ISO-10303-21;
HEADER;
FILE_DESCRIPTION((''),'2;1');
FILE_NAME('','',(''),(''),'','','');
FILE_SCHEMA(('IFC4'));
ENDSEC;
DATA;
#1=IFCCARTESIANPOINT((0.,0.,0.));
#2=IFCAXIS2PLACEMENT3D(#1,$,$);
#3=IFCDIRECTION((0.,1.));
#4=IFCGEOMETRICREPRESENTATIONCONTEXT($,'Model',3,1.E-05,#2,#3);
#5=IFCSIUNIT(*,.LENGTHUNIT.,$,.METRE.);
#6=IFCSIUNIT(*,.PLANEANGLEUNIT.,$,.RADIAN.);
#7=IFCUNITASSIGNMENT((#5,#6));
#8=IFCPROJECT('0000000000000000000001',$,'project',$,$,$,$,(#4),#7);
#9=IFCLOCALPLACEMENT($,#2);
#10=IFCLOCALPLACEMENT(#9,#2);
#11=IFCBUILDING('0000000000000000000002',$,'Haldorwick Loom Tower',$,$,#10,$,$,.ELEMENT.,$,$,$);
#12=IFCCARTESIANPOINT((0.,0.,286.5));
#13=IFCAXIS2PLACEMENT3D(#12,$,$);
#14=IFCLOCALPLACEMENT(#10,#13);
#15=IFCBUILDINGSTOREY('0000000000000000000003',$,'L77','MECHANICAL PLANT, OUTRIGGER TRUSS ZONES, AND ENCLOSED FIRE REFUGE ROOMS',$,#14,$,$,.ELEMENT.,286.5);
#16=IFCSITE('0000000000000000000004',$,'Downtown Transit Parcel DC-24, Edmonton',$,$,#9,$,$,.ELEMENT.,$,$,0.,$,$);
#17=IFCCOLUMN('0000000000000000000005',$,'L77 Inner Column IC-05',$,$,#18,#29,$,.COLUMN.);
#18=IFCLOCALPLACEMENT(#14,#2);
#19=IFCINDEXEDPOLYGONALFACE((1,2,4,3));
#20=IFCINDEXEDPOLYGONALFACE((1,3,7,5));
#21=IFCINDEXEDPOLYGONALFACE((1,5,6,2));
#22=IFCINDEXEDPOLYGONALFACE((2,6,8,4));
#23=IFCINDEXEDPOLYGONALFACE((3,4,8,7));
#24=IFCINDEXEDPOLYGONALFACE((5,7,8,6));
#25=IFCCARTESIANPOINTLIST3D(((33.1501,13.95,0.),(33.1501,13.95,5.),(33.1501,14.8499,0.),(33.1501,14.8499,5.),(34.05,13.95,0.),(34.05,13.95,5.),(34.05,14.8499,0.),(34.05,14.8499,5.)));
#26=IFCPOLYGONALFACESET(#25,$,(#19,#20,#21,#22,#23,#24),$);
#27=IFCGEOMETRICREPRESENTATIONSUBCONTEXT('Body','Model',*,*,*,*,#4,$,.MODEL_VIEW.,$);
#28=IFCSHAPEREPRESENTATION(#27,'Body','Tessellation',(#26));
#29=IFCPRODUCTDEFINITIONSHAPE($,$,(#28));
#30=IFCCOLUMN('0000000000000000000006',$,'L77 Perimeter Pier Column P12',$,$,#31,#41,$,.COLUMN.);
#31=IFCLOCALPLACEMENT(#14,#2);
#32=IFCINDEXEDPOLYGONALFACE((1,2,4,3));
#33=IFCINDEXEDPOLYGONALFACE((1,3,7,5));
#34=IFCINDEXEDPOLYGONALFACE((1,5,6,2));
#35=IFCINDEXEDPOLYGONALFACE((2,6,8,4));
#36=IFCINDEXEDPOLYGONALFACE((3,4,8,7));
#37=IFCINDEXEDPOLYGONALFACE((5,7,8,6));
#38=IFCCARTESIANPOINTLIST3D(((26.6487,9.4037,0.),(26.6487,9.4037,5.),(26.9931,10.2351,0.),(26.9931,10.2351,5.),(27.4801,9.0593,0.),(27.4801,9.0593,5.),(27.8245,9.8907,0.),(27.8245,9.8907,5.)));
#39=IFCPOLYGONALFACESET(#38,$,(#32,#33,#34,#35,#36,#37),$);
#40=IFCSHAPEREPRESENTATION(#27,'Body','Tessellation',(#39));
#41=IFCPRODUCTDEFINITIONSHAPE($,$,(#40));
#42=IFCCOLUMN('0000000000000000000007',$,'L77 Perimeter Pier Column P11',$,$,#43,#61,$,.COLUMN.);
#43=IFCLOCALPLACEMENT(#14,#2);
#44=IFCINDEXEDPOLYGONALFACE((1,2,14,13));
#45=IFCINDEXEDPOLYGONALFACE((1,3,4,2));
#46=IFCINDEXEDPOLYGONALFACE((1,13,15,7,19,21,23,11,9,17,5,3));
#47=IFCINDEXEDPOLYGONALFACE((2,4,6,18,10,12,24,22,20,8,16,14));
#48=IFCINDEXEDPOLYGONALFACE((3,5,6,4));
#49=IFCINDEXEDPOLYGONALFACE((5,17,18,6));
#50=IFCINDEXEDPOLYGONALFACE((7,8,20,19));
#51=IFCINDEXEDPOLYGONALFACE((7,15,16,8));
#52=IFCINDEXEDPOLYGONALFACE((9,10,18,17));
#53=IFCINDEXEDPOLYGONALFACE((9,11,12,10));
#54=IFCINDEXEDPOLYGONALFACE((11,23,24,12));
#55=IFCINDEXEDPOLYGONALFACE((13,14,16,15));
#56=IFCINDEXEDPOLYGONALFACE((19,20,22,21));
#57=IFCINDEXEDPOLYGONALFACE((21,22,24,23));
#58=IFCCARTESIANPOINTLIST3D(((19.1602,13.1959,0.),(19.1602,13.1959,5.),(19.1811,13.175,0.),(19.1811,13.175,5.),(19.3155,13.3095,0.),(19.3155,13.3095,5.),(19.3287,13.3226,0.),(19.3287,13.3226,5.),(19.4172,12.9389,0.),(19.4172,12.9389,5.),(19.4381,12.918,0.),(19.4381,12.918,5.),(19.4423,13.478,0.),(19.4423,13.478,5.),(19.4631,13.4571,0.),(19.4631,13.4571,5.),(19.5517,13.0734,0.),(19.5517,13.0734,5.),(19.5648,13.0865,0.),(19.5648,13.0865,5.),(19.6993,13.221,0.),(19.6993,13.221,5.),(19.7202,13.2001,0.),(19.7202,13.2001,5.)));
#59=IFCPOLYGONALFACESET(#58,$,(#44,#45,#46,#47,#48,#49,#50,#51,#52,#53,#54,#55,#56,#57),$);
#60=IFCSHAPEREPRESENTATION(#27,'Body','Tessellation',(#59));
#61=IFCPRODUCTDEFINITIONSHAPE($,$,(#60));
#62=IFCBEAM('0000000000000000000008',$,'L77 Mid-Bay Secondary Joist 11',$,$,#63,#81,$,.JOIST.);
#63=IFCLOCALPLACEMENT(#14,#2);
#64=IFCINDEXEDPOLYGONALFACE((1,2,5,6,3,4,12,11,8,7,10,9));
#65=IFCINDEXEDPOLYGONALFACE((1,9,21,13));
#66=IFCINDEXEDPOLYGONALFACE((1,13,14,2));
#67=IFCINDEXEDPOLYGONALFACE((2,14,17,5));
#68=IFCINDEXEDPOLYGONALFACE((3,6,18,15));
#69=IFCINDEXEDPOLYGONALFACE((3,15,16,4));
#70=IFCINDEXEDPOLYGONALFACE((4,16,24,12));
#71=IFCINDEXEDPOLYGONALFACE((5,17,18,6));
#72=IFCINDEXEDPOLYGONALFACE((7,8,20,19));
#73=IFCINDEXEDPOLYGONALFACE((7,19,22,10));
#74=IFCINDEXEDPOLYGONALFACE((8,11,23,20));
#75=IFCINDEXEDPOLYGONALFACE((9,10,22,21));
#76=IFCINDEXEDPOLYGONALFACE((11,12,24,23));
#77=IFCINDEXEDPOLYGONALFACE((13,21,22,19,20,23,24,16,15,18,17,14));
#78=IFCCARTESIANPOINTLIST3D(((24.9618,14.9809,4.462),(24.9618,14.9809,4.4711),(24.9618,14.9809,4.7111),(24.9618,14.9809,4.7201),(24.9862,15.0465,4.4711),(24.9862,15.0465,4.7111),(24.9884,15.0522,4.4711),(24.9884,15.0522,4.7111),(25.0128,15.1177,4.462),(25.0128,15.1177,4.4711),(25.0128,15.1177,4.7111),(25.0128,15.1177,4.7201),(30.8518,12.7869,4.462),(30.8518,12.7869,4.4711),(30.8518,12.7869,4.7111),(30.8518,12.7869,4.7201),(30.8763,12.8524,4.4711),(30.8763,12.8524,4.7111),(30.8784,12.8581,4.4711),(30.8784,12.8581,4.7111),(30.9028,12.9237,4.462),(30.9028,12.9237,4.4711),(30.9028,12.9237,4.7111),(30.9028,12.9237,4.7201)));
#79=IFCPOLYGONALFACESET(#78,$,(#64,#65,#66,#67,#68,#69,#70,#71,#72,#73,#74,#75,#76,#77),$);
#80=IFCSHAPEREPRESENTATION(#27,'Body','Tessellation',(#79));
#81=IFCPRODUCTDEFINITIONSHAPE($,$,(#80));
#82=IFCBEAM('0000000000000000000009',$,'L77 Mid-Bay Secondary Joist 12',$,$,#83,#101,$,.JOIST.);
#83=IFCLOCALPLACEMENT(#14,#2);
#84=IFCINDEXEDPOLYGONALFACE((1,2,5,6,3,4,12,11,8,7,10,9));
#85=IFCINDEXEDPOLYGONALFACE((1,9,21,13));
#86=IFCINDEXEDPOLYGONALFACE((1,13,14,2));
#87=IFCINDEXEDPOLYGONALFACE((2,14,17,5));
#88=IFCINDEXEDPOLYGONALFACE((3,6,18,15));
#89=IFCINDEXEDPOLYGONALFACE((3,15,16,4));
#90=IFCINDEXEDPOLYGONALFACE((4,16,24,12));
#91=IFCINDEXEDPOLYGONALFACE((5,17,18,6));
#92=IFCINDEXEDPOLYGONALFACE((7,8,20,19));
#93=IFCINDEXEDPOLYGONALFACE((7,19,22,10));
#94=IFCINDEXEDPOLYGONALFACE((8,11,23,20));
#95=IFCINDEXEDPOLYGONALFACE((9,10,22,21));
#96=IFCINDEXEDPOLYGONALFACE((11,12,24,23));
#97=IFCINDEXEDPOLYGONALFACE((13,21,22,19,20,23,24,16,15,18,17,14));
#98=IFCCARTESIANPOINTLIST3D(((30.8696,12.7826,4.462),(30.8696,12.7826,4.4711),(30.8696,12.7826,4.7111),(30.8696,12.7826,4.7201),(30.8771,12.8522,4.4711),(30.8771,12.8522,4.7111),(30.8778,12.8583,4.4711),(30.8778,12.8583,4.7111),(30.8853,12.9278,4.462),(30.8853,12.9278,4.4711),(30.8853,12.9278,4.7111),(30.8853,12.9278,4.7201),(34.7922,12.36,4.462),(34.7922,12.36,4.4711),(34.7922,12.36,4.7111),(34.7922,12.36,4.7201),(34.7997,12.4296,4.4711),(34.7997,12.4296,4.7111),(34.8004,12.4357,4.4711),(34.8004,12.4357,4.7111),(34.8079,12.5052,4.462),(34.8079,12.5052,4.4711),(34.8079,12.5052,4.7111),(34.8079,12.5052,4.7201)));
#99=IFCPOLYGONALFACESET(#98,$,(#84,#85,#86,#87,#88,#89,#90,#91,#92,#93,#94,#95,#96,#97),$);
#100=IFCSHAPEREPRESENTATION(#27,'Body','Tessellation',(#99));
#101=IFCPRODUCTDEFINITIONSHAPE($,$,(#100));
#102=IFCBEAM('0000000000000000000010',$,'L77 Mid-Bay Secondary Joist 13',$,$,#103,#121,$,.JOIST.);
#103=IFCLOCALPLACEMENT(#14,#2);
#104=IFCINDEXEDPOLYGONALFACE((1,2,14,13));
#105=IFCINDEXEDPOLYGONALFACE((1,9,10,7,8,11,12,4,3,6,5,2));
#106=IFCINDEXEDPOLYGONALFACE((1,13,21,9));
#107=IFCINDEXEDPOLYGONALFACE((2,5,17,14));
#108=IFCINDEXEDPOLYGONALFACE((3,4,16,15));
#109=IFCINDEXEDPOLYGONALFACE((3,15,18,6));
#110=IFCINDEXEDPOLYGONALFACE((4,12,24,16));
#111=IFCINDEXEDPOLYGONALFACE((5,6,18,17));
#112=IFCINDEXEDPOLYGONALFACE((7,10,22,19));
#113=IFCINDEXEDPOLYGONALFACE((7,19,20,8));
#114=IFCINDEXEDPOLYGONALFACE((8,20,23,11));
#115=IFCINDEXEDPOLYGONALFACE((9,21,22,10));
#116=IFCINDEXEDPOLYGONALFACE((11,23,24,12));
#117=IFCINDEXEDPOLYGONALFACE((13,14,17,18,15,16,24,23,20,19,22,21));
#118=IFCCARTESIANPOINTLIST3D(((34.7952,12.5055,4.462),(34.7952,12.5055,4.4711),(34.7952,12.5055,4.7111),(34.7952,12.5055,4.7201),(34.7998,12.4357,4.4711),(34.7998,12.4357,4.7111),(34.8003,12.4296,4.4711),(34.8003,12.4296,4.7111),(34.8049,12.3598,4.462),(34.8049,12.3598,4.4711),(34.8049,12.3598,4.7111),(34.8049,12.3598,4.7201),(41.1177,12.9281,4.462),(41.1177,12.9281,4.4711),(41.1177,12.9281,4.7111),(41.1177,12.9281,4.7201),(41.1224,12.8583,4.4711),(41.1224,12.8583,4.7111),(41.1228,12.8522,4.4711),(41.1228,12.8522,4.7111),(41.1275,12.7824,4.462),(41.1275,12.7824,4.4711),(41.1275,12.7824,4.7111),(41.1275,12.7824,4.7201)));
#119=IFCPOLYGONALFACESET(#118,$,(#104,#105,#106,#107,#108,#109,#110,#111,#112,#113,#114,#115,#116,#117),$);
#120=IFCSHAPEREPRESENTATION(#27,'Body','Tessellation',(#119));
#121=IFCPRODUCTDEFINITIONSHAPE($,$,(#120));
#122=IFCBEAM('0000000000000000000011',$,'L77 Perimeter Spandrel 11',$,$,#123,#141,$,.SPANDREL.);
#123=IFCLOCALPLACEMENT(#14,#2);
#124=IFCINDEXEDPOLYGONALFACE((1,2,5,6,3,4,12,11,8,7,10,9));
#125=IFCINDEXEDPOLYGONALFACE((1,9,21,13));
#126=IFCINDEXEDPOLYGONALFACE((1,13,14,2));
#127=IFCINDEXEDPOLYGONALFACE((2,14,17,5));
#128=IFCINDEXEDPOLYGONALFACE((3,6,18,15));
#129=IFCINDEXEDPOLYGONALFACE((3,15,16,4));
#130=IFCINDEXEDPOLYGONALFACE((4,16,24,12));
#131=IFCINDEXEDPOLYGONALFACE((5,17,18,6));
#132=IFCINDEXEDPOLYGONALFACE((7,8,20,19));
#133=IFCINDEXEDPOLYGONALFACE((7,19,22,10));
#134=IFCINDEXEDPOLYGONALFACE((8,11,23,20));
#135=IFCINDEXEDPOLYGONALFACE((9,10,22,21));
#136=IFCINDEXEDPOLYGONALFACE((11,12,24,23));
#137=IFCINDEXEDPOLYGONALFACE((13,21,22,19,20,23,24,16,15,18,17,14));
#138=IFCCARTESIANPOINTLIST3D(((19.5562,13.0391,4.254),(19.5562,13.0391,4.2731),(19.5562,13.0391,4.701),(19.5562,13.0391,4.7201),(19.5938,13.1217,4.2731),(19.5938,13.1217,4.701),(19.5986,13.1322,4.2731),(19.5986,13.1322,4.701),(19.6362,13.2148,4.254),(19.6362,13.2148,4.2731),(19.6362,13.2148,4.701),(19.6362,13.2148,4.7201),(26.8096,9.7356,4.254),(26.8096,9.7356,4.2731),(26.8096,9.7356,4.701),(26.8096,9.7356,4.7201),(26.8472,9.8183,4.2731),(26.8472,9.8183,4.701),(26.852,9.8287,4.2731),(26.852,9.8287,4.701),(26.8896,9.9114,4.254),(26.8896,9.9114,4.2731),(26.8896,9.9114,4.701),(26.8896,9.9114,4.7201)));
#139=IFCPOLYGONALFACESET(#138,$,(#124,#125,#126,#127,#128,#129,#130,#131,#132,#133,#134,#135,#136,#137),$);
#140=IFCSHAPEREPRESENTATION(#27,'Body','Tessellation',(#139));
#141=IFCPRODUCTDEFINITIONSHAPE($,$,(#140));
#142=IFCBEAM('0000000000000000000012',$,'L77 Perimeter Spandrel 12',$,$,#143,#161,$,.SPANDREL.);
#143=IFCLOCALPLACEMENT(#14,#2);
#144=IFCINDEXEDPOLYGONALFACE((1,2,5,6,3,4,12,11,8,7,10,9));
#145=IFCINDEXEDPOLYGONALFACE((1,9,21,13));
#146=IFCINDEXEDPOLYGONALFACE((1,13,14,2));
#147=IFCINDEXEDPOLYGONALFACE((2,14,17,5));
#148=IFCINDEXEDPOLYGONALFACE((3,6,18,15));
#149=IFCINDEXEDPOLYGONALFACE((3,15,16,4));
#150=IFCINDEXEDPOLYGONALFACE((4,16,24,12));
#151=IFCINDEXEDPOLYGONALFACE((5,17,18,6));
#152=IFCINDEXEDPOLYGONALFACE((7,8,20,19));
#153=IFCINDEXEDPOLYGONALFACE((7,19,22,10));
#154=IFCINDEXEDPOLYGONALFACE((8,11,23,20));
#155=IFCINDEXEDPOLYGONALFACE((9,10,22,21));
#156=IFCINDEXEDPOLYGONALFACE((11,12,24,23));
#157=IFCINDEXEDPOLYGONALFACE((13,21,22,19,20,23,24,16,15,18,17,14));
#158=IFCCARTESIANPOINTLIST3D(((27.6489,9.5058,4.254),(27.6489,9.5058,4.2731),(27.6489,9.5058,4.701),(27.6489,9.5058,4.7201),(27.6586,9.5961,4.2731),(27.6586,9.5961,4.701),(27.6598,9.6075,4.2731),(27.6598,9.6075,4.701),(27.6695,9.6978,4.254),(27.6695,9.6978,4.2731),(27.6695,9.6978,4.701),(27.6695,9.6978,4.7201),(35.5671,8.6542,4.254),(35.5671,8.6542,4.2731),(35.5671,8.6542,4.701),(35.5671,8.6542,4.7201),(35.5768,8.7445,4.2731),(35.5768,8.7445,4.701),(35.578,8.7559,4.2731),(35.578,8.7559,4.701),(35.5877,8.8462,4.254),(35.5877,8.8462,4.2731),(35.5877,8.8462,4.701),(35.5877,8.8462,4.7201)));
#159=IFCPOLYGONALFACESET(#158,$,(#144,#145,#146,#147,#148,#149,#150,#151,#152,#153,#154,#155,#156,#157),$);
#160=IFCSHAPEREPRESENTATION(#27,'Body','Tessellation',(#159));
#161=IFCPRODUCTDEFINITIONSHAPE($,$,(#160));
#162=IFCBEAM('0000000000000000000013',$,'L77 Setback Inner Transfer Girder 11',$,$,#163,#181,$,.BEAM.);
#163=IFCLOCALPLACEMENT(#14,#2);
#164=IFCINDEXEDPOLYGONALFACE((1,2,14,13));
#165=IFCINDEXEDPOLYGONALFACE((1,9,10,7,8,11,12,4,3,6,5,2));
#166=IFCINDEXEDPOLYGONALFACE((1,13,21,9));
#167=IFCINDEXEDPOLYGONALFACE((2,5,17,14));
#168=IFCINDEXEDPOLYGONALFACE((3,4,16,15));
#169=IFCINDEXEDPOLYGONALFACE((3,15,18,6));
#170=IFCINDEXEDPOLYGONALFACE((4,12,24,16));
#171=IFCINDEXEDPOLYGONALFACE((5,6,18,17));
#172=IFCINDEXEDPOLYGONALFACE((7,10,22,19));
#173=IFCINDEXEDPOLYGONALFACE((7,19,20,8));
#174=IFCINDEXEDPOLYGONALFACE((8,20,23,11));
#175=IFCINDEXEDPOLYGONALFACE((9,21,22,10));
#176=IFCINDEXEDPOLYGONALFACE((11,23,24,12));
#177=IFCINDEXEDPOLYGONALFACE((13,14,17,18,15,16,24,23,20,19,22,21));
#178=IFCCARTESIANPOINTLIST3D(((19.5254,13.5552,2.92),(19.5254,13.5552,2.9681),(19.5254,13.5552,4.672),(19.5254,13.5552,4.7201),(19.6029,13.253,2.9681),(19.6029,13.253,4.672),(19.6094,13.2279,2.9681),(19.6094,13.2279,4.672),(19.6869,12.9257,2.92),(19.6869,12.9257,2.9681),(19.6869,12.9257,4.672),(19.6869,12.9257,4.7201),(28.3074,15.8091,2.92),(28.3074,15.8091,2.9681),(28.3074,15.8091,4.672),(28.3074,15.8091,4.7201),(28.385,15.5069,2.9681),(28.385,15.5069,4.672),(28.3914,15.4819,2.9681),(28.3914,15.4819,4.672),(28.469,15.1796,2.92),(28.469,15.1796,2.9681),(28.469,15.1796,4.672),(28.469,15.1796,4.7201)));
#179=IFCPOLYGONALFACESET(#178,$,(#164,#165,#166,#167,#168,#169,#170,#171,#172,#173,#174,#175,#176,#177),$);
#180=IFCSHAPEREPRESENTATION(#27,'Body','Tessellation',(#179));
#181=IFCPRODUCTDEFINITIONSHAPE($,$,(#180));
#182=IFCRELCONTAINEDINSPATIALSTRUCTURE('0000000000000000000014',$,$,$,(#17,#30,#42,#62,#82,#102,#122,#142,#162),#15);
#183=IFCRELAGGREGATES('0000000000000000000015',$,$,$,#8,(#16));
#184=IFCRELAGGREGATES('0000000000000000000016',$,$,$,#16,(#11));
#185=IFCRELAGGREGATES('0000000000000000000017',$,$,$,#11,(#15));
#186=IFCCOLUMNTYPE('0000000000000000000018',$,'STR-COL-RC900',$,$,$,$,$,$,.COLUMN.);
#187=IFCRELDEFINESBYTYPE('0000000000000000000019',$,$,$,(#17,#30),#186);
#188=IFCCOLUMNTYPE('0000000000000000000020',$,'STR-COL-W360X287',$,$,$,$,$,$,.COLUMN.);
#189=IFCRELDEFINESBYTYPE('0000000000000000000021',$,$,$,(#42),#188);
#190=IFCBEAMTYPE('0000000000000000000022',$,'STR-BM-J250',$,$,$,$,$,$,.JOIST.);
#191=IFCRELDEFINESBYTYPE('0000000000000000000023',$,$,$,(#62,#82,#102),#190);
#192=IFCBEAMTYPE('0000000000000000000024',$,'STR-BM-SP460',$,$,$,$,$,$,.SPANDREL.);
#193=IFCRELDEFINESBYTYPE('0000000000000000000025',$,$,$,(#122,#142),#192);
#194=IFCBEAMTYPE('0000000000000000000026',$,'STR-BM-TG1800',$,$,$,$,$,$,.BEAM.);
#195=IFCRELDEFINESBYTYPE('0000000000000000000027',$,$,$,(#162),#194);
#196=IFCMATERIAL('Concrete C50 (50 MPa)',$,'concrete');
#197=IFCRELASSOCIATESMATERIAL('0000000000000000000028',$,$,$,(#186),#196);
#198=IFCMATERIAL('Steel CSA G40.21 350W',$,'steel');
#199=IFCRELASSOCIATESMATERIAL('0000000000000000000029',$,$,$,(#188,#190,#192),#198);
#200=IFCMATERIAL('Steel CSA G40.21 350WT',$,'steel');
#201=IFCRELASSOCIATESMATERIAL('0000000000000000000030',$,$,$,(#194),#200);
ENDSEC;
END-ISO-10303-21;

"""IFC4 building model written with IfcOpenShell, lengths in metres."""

from ifc_helpers import new_model, si_unit, direction, frame, origin, origin_2d, place, context, subcontext, project, spatial, rectangle, i_section, extrude, material, material_profile, profile_set, type_object, element, save


model = new_model("IFC4")

# Units and contexts
model_context = context("Model", 3, precision=1e-05, world=origin(), true_north=direction((0.0, 1.0)))
body_context = subcontext(model_context, "Body", "Model", "MODEL_VIEW")
ifc_project = project(units=[si_unit("LENGTHUNIT", "METRE"), si_unit("PLANEANGLEUNIT", "RADIAN")], contexts=[model_context])

# Site, building, storey
site_placement = place(None, origin())
site = spatial("IfcSite", under=ifc_project, at=site_placement, Name="Downtown Transit Parcel DC-24, Edmonton", CompositionType="ELEMENT", RefElevation=0.0)
building_placement = place(site_placement, origin())
building = spatial("IfcBuilding", under=site, at=building_placement, Name="Haldorwick Loom Tower", CompositionType="ELEMENT")
storey_placement = place(building_placement, frame((0.0, 0.0, 286.5)))
storey = spatial("IfcBuildingStorey", under=building, at=storey_placement, Name="L77", Description="MECHANICAL PLANT, OUTRIGGER TRUSS ZONES, AND ENCLOSED FIRE REFUGE ROOMS", CompositionType="ELEMENT", Elevation=286.5)

# Columns
ifc_material_1 = material(Name="Concrete C50 (50 MPa)", Category="concrete")
ifc_material_profile_1 = material_profile(ifc_material_1, rectangle(XDim=0.8999, YDim=0.8999, at=origin_2d()), Name="RC900X900", Category="concrete")
ifc_profile_set_1 = profile_set([ifc_material_profile_1], Name="Concrete C50 (50 MPa)")
column_type_1 = type_object("IfcColumnType", Name="STR-COL-RC900", PredefinedType="COLUMN", material=ifc_profile_set_1)
for number, where, z_axis, x_axis, name in (
    (1, (33.6001, 14.3999, 0.0), (0.0, 0.0, 1.0), (1.0, 0.0, 0.0), "L77 Inner Column IC-05"),
    (2, (27.2366, 9.6472, 0.0), (0.0, 0.0, 1.0), (-0.382683, -0.92388, 0.0), "L77 Perimeter Pier Column P12"),
):
    element("IfcColumn", number, at=place(storey_placement, frame(where, z_axis=z_axis, x_axis=x_axis)), inside=storey, type_object=column_type_1, Name=name, PredefinedType="COLUMN", context=body_context, shape_type="SweptSolid", body=[
        extrude(rectangle(XDim=0.8999, YDim=0.8999, at=origin_2d()), origin(), (0.0, 0.0, 1.0), 5.0),
    ])
ifc_material_2 = material(Name="Steel CSA G40.21 350W", Category="steel")
ifc_material_profile_2 = material_profile(ifc_material_2, i_section(OverallWidth=0.3989, OverallDepth=0.3931, WebThickness=0.0186, FlangeThickness=0.0295, at=origin_2d()), Name="W360X287", Category="steel")
ifc_profile_set_2 = profile_set([ifc_material_profile_2], Name="Steel CSA G40.21 350W")
column_type_2 = type_object("IfcColumnType", Name="STR-COL-W360X287", PredefinedType="COLUMN", material=ifc_profile_set_2)
column_placement = place(storey_placement, frame((19.4402, 13.198, 0.0), z_axis=(0.0, 0.0, 1.0), x_axis=(-0.707107, -0.707107, 0.0)))
element("IfcColumn", 3, at=column_placement, inside=storey, type_object=column_type_2, Name="L77 Perimeter Pier Column P11", PredefinedType="COLUMN", context=body_context, shape_type="SweptSolid", body=[
    extrude(i_section(OverallWidth=0.3989, OverallDepth=0.3931, WebThickness=0.0186, FlangeThickness=0.0295, at=origin_2d()), origin(), (0.0, 0.0, 1.0), 5.0),
])

# Beams
ifc_material_profile_3 = material_profile(ifc_material_2, i_section(OverallWidth=0.146, OverallDepth=0.2581, WebThickness=0.0061, FlangeThickness=0.009, at=origin_2d()), Name="W250X33", Category="steel")
ifc_profile_set_3 = profile_set([ifc_material_profile_3], Name="Steel CSA G40.21 350W")
beam_type_1 = type_object("IfcBeamType", Name="STR-BM-J250", PredefinedType="JOIST", material=ifc_profile_set_3)
beam_1_placement = place(storey_placement, frame((24.9873, 15.0493, 4.5911), z_axis=(0.937096, -0.349071, 0.0), x_axis=(0.349071, 0.937096, 0.0)))
element("IfcBeam", 4, at=beam_1_placement, inside=storey, type_object=beam_type_1, Name="L77 Mid-Bay Secondary Joist 11", PredefinedType="JOIST", context=body_context, shape_type="SweptSolid", body=[
    extrude(i_section(OverallWidth=0.146, OverallDepth=0.2581, WebThickness=0.0061, FlangeThickness=0.009, at=origin_2d()), origin(), (0.0, 0.0, 1.0), 6.2854),
])
beam_2_placement = place(storey_placement, frame((30.8774, 12.8552, 4.5911), z_axis=(0.994246, -0.107116, 0.0), x_axis=(0.107116, 0.994246, 0.0)))
element("IfcBeam", 5, at=beam_2_placement, inside=storey, type_object=beam_type_1, Name="L77 Mid-Bay Secondary Joist 12", PredefinedType="JOIST", context=body_context, shape_type="SweptSolid", body=[
    extrude(i_section(OverallWidth=0.146, OverallDepth=0.2581, WebThickness=0.0061, FlangeThickness=0.009, at=origin_2d()), origin(), (0.0, 0.0, 1.0), 3.9453),
])
beam_3_placement = place(storey_placement, frame((34.8, 12.4326, 4.5911), z_axis=(0.997774, 0.066693, 0.0), x_axis=(-0.066693, 0.997774, 0.0)))
element("IfcBeam", 6, at=beam_3_placement, inside=storey, type_object=beam_type_1, Name="L77 Mid-Bay Secondary Joist 13", PredefinedType="JOIST", context=body_context, shape_type="SweptSolid", body=[
    extrude(i_section(OverallWidth=0.146, OverallDepth=0.2581, WebThickness=0.0061, FlangeThickness=0.009, at=origin_2d()), origin(), (0.0, 0.0, 1.0), 6.3367),
])
ifc_material_profile_4 = material_profile(ifc_material_2, i_section(OverallWidth=0.1931, OverallDepth=0.4661, WebThickness=0.0115, FlangeThickness=0.019, at=origin_2d()), Name="W460X97", Category="steel")
ifc_profile_set_4 = profile_set([ifc_material_profile_4], Name="Steel CSA G40.21 350W")
beam_type_2 = type_object("IfcBeamType", Name="STR-BM-SP460", PredefinedType="SPANDREL", material=ifc_profile_set_4)
beam_4_placement = place(storey_placement, frame((19.5962, 13.127, 4.4871), z_axis=(0.910061, -0.414474, 0.0), x_axis=(0.414474, 0.910061, 0.0)))
element("IfcBeam", 7, at=beam_4_placement, inside=storey, type_object=beam_type_2, Name="L77 Perimeter Spandrel 11", PredefinedType="SPANDREL", context=body_context, shape_type="SweptSolid", body=[
    extrude(i_section(OverallWidth=0.1931, OverallDepth=0.4661, WebThickness=0.0115, FlangeThickness=0.019, at=origin_2d()), origin(), (0.0, 0.0, 1.0), 7.9702),
])
beam_5_placement = place(storey_placement, frame((27.6592, 9.6018, 4.4871), z_axis=(0.994267, -0.106928, 0.0), x_axis=(0.106928, 0.994267, 0.0)))
element("IfcBeam", 8, at=beam_5_placement, inside=storey, type_object=beam_type_2, Name="L77 Perimeter Spandrel 12", PredefinedType="SPANDREL", context=body_context, shape_type="SweptSolid", body=[
    extrude(i_section(OverallWidth=0.1931, OverallDepth=0.4661, WebThickness=0.0115, FlangeThickness=0.019, at=origin_2d()), origin(), (0.0, 0.0, 1.0), 7.9639),
])
ifc_material_3 = material(Name="Steel CSA G40.21 350WT", Category="steel")
ifc_material_profile_5 = material_profile(ifc_material_3, i_section(OverallWidth=0.6499, OverallDepth=1.8, WebThickness=0.0259, FlangeThickness=0.0481, at=origin_2d()), Name="WWF1800X650", Category="steel")
ifc_profile_set_5 = profile_set([ifc_material_profile_5], Name="Steel CSA G40.21 350WT")
beam_type_3 = type_object("IfcBeamType", Name="STR-BM-TG1800", PredefinedType="BEAM", material=ifc_profile_set_5)
beam_6_placement = place(storey_placement, frame((28.3882, 15.4944, 3.8201), z_axis=(-0.968608, -0.248594, 0.0), x_axis=(0.248594, -0.968608, 0.0)))
element("IfcBeam", 9, at=beam_6_placement, inside=storey, type_object=beam_type_3, Name="L77 Setback Inner Transfer Girder 11", PredefinedType="BEAM", context=body_context, shape_type="SweptSolid", body=[
    extrude(i_section(OverallWidth=0.6499, OverallDepth=1.8, WebThickness=0.0259, FlangeThickness=0.0481, at=origin_2d()), origin(), (0.0, 0.0, 1.0), 9.0667),
])

save(model, "model.ifc")
